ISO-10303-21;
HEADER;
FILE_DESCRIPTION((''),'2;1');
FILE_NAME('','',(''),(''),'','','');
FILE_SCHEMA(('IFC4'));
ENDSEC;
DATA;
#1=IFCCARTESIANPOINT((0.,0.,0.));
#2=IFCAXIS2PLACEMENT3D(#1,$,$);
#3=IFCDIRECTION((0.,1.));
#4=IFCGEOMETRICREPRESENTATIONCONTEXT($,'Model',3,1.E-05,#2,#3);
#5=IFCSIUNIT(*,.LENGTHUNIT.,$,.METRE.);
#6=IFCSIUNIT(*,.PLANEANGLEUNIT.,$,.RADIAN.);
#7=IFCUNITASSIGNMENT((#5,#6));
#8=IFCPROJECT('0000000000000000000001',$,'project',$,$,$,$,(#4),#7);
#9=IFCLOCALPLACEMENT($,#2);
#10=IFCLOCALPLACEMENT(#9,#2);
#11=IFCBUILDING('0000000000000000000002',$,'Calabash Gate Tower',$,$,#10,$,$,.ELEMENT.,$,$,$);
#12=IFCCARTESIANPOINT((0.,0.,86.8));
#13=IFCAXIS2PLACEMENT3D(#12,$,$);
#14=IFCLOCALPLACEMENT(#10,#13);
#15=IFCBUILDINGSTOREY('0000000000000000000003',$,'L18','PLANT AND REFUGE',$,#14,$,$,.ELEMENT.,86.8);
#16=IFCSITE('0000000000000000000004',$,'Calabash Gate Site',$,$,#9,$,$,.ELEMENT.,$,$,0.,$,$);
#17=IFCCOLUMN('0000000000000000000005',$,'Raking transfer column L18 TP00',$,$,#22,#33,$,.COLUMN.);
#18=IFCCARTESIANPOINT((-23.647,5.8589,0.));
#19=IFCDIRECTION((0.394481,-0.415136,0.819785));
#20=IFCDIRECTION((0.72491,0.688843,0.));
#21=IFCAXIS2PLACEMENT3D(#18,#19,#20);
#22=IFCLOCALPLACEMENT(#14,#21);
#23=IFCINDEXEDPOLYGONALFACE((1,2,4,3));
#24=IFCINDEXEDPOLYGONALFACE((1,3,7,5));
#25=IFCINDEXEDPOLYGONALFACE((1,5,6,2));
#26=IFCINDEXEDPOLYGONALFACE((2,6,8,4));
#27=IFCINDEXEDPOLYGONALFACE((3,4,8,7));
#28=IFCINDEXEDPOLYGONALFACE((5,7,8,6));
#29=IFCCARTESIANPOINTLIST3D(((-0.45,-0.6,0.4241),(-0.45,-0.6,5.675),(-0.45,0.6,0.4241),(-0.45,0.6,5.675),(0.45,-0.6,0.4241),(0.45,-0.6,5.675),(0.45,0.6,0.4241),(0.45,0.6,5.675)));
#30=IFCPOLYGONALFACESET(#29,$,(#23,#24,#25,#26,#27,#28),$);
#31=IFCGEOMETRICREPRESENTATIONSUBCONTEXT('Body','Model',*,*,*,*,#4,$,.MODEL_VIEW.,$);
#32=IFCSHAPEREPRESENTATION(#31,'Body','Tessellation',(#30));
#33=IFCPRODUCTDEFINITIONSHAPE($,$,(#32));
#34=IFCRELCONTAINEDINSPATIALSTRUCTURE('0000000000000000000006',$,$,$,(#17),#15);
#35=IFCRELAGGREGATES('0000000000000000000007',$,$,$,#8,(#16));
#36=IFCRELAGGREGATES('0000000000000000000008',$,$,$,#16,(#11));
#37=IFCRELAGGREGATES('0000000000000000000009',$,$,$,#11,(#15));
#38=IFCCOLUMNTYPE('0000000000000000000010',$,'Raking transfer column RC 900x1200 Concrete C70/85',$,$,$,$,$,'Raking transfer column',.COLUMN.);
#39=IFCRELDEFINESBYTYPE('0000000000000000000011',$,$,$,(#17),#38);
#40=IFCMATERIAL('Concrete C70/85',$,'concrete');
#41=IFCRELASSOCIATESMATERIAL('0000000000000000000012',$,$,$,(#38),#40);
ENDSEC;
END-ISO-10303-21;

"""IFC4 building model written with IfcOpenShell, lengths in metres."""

from ifc_helpers import new_model, si_unit, direction, frame, origin, origin_2d, place, context, subcontext, project, spatial, rectangle, extrude, clip, halfspace, material, material_profile, profile_set, type_object, element, save


model = new_model("IFC4")

# Units and contexts
model_context = context("Model", 3, precision=1e-05, world=origin(), true_north=direction((0.0, 1.0)))
body_context = subcontext(model_context, "Body", "Model", "MODEL_VIEW")
ifc_project = project(units=[si_unit("LENGTHUNIT", "METRE"), si_unit("PLANEANGLEUNIT", "RADIAN")], contexts=[model_context])

# Site, building, storey
site_placement = place(None, origin())
site = spatial("IfcSite", under=ifc_project, at=site_placement, Name="Calabash Gate Site", CompositionType="ELEMENT", RefElevation=0.0)
building_placement = place(site_placement, origin())
building = spatial("IfcBuilding", under=site, at=building_placement, Name="Calabash Gate Tower", CompositionType="ELEMENT")
storey_placement = place(building_placement, frame((0.0, 0.0, 86.8)))
storey = spatial("IfcBuildingStorey", under=building, at=storey_placement, Name="L18", Description="PLANT AND REFUGE", CompositionType="ELEMENT", Elevation=86.8)

# Column
ifc_material_1 = material(Name="Concrete C70/85", Category="concrete")
ifc_material_profile_1 = material_profile(ifc_material_1, rectangle(XDim=0.8999, YDim=1.2, at=origin_2d()))
ifc_profile_set_1 = profile_set([ifc_material_profile_1], Name="Concrete C70/85")
column_type = type_object("IfcColumnType", Name="Raking transfer column RC 900x1200 Concrete C70/85", ElementType="Raking transfer column", PredefinedType="COLUMN", material=ifc_profile_set_1)
column_placement = place(storey_placement, frame((-23.647, 5.8589, 0.0), z_axis=(0.394481, -0.415136, 0.819785), x_axis=(0.72491, 0.688843, 0.0)))
element("IfcColumn", 1, at=column_placement, inside=storey, type_object=column_type, Name="Raking transfer column L18 TP00", PredefinedType="COLUMN", context=body_context, shape_type="Clipping", body=[
    clip(clip(extrude(rectangle(XDim=0.8999, YDim=1.2, at=origin_2d()), origin(), (0.0, 0.0, 1.0), 6.0991), halfspace(frame((0.0, 0.0, 0.4241), z_axis=(0.0, 0.0, 1.0), x_axis=(1.0, 0.0, 0.0)), True)), halfspace(frame((0.0, 0.0, 5.675), z_axis=(0.0, 0.0, 1.0), x_axis=(1.0, 0.0, 0.0)), False)),
])

save(model, "model.ifc")
